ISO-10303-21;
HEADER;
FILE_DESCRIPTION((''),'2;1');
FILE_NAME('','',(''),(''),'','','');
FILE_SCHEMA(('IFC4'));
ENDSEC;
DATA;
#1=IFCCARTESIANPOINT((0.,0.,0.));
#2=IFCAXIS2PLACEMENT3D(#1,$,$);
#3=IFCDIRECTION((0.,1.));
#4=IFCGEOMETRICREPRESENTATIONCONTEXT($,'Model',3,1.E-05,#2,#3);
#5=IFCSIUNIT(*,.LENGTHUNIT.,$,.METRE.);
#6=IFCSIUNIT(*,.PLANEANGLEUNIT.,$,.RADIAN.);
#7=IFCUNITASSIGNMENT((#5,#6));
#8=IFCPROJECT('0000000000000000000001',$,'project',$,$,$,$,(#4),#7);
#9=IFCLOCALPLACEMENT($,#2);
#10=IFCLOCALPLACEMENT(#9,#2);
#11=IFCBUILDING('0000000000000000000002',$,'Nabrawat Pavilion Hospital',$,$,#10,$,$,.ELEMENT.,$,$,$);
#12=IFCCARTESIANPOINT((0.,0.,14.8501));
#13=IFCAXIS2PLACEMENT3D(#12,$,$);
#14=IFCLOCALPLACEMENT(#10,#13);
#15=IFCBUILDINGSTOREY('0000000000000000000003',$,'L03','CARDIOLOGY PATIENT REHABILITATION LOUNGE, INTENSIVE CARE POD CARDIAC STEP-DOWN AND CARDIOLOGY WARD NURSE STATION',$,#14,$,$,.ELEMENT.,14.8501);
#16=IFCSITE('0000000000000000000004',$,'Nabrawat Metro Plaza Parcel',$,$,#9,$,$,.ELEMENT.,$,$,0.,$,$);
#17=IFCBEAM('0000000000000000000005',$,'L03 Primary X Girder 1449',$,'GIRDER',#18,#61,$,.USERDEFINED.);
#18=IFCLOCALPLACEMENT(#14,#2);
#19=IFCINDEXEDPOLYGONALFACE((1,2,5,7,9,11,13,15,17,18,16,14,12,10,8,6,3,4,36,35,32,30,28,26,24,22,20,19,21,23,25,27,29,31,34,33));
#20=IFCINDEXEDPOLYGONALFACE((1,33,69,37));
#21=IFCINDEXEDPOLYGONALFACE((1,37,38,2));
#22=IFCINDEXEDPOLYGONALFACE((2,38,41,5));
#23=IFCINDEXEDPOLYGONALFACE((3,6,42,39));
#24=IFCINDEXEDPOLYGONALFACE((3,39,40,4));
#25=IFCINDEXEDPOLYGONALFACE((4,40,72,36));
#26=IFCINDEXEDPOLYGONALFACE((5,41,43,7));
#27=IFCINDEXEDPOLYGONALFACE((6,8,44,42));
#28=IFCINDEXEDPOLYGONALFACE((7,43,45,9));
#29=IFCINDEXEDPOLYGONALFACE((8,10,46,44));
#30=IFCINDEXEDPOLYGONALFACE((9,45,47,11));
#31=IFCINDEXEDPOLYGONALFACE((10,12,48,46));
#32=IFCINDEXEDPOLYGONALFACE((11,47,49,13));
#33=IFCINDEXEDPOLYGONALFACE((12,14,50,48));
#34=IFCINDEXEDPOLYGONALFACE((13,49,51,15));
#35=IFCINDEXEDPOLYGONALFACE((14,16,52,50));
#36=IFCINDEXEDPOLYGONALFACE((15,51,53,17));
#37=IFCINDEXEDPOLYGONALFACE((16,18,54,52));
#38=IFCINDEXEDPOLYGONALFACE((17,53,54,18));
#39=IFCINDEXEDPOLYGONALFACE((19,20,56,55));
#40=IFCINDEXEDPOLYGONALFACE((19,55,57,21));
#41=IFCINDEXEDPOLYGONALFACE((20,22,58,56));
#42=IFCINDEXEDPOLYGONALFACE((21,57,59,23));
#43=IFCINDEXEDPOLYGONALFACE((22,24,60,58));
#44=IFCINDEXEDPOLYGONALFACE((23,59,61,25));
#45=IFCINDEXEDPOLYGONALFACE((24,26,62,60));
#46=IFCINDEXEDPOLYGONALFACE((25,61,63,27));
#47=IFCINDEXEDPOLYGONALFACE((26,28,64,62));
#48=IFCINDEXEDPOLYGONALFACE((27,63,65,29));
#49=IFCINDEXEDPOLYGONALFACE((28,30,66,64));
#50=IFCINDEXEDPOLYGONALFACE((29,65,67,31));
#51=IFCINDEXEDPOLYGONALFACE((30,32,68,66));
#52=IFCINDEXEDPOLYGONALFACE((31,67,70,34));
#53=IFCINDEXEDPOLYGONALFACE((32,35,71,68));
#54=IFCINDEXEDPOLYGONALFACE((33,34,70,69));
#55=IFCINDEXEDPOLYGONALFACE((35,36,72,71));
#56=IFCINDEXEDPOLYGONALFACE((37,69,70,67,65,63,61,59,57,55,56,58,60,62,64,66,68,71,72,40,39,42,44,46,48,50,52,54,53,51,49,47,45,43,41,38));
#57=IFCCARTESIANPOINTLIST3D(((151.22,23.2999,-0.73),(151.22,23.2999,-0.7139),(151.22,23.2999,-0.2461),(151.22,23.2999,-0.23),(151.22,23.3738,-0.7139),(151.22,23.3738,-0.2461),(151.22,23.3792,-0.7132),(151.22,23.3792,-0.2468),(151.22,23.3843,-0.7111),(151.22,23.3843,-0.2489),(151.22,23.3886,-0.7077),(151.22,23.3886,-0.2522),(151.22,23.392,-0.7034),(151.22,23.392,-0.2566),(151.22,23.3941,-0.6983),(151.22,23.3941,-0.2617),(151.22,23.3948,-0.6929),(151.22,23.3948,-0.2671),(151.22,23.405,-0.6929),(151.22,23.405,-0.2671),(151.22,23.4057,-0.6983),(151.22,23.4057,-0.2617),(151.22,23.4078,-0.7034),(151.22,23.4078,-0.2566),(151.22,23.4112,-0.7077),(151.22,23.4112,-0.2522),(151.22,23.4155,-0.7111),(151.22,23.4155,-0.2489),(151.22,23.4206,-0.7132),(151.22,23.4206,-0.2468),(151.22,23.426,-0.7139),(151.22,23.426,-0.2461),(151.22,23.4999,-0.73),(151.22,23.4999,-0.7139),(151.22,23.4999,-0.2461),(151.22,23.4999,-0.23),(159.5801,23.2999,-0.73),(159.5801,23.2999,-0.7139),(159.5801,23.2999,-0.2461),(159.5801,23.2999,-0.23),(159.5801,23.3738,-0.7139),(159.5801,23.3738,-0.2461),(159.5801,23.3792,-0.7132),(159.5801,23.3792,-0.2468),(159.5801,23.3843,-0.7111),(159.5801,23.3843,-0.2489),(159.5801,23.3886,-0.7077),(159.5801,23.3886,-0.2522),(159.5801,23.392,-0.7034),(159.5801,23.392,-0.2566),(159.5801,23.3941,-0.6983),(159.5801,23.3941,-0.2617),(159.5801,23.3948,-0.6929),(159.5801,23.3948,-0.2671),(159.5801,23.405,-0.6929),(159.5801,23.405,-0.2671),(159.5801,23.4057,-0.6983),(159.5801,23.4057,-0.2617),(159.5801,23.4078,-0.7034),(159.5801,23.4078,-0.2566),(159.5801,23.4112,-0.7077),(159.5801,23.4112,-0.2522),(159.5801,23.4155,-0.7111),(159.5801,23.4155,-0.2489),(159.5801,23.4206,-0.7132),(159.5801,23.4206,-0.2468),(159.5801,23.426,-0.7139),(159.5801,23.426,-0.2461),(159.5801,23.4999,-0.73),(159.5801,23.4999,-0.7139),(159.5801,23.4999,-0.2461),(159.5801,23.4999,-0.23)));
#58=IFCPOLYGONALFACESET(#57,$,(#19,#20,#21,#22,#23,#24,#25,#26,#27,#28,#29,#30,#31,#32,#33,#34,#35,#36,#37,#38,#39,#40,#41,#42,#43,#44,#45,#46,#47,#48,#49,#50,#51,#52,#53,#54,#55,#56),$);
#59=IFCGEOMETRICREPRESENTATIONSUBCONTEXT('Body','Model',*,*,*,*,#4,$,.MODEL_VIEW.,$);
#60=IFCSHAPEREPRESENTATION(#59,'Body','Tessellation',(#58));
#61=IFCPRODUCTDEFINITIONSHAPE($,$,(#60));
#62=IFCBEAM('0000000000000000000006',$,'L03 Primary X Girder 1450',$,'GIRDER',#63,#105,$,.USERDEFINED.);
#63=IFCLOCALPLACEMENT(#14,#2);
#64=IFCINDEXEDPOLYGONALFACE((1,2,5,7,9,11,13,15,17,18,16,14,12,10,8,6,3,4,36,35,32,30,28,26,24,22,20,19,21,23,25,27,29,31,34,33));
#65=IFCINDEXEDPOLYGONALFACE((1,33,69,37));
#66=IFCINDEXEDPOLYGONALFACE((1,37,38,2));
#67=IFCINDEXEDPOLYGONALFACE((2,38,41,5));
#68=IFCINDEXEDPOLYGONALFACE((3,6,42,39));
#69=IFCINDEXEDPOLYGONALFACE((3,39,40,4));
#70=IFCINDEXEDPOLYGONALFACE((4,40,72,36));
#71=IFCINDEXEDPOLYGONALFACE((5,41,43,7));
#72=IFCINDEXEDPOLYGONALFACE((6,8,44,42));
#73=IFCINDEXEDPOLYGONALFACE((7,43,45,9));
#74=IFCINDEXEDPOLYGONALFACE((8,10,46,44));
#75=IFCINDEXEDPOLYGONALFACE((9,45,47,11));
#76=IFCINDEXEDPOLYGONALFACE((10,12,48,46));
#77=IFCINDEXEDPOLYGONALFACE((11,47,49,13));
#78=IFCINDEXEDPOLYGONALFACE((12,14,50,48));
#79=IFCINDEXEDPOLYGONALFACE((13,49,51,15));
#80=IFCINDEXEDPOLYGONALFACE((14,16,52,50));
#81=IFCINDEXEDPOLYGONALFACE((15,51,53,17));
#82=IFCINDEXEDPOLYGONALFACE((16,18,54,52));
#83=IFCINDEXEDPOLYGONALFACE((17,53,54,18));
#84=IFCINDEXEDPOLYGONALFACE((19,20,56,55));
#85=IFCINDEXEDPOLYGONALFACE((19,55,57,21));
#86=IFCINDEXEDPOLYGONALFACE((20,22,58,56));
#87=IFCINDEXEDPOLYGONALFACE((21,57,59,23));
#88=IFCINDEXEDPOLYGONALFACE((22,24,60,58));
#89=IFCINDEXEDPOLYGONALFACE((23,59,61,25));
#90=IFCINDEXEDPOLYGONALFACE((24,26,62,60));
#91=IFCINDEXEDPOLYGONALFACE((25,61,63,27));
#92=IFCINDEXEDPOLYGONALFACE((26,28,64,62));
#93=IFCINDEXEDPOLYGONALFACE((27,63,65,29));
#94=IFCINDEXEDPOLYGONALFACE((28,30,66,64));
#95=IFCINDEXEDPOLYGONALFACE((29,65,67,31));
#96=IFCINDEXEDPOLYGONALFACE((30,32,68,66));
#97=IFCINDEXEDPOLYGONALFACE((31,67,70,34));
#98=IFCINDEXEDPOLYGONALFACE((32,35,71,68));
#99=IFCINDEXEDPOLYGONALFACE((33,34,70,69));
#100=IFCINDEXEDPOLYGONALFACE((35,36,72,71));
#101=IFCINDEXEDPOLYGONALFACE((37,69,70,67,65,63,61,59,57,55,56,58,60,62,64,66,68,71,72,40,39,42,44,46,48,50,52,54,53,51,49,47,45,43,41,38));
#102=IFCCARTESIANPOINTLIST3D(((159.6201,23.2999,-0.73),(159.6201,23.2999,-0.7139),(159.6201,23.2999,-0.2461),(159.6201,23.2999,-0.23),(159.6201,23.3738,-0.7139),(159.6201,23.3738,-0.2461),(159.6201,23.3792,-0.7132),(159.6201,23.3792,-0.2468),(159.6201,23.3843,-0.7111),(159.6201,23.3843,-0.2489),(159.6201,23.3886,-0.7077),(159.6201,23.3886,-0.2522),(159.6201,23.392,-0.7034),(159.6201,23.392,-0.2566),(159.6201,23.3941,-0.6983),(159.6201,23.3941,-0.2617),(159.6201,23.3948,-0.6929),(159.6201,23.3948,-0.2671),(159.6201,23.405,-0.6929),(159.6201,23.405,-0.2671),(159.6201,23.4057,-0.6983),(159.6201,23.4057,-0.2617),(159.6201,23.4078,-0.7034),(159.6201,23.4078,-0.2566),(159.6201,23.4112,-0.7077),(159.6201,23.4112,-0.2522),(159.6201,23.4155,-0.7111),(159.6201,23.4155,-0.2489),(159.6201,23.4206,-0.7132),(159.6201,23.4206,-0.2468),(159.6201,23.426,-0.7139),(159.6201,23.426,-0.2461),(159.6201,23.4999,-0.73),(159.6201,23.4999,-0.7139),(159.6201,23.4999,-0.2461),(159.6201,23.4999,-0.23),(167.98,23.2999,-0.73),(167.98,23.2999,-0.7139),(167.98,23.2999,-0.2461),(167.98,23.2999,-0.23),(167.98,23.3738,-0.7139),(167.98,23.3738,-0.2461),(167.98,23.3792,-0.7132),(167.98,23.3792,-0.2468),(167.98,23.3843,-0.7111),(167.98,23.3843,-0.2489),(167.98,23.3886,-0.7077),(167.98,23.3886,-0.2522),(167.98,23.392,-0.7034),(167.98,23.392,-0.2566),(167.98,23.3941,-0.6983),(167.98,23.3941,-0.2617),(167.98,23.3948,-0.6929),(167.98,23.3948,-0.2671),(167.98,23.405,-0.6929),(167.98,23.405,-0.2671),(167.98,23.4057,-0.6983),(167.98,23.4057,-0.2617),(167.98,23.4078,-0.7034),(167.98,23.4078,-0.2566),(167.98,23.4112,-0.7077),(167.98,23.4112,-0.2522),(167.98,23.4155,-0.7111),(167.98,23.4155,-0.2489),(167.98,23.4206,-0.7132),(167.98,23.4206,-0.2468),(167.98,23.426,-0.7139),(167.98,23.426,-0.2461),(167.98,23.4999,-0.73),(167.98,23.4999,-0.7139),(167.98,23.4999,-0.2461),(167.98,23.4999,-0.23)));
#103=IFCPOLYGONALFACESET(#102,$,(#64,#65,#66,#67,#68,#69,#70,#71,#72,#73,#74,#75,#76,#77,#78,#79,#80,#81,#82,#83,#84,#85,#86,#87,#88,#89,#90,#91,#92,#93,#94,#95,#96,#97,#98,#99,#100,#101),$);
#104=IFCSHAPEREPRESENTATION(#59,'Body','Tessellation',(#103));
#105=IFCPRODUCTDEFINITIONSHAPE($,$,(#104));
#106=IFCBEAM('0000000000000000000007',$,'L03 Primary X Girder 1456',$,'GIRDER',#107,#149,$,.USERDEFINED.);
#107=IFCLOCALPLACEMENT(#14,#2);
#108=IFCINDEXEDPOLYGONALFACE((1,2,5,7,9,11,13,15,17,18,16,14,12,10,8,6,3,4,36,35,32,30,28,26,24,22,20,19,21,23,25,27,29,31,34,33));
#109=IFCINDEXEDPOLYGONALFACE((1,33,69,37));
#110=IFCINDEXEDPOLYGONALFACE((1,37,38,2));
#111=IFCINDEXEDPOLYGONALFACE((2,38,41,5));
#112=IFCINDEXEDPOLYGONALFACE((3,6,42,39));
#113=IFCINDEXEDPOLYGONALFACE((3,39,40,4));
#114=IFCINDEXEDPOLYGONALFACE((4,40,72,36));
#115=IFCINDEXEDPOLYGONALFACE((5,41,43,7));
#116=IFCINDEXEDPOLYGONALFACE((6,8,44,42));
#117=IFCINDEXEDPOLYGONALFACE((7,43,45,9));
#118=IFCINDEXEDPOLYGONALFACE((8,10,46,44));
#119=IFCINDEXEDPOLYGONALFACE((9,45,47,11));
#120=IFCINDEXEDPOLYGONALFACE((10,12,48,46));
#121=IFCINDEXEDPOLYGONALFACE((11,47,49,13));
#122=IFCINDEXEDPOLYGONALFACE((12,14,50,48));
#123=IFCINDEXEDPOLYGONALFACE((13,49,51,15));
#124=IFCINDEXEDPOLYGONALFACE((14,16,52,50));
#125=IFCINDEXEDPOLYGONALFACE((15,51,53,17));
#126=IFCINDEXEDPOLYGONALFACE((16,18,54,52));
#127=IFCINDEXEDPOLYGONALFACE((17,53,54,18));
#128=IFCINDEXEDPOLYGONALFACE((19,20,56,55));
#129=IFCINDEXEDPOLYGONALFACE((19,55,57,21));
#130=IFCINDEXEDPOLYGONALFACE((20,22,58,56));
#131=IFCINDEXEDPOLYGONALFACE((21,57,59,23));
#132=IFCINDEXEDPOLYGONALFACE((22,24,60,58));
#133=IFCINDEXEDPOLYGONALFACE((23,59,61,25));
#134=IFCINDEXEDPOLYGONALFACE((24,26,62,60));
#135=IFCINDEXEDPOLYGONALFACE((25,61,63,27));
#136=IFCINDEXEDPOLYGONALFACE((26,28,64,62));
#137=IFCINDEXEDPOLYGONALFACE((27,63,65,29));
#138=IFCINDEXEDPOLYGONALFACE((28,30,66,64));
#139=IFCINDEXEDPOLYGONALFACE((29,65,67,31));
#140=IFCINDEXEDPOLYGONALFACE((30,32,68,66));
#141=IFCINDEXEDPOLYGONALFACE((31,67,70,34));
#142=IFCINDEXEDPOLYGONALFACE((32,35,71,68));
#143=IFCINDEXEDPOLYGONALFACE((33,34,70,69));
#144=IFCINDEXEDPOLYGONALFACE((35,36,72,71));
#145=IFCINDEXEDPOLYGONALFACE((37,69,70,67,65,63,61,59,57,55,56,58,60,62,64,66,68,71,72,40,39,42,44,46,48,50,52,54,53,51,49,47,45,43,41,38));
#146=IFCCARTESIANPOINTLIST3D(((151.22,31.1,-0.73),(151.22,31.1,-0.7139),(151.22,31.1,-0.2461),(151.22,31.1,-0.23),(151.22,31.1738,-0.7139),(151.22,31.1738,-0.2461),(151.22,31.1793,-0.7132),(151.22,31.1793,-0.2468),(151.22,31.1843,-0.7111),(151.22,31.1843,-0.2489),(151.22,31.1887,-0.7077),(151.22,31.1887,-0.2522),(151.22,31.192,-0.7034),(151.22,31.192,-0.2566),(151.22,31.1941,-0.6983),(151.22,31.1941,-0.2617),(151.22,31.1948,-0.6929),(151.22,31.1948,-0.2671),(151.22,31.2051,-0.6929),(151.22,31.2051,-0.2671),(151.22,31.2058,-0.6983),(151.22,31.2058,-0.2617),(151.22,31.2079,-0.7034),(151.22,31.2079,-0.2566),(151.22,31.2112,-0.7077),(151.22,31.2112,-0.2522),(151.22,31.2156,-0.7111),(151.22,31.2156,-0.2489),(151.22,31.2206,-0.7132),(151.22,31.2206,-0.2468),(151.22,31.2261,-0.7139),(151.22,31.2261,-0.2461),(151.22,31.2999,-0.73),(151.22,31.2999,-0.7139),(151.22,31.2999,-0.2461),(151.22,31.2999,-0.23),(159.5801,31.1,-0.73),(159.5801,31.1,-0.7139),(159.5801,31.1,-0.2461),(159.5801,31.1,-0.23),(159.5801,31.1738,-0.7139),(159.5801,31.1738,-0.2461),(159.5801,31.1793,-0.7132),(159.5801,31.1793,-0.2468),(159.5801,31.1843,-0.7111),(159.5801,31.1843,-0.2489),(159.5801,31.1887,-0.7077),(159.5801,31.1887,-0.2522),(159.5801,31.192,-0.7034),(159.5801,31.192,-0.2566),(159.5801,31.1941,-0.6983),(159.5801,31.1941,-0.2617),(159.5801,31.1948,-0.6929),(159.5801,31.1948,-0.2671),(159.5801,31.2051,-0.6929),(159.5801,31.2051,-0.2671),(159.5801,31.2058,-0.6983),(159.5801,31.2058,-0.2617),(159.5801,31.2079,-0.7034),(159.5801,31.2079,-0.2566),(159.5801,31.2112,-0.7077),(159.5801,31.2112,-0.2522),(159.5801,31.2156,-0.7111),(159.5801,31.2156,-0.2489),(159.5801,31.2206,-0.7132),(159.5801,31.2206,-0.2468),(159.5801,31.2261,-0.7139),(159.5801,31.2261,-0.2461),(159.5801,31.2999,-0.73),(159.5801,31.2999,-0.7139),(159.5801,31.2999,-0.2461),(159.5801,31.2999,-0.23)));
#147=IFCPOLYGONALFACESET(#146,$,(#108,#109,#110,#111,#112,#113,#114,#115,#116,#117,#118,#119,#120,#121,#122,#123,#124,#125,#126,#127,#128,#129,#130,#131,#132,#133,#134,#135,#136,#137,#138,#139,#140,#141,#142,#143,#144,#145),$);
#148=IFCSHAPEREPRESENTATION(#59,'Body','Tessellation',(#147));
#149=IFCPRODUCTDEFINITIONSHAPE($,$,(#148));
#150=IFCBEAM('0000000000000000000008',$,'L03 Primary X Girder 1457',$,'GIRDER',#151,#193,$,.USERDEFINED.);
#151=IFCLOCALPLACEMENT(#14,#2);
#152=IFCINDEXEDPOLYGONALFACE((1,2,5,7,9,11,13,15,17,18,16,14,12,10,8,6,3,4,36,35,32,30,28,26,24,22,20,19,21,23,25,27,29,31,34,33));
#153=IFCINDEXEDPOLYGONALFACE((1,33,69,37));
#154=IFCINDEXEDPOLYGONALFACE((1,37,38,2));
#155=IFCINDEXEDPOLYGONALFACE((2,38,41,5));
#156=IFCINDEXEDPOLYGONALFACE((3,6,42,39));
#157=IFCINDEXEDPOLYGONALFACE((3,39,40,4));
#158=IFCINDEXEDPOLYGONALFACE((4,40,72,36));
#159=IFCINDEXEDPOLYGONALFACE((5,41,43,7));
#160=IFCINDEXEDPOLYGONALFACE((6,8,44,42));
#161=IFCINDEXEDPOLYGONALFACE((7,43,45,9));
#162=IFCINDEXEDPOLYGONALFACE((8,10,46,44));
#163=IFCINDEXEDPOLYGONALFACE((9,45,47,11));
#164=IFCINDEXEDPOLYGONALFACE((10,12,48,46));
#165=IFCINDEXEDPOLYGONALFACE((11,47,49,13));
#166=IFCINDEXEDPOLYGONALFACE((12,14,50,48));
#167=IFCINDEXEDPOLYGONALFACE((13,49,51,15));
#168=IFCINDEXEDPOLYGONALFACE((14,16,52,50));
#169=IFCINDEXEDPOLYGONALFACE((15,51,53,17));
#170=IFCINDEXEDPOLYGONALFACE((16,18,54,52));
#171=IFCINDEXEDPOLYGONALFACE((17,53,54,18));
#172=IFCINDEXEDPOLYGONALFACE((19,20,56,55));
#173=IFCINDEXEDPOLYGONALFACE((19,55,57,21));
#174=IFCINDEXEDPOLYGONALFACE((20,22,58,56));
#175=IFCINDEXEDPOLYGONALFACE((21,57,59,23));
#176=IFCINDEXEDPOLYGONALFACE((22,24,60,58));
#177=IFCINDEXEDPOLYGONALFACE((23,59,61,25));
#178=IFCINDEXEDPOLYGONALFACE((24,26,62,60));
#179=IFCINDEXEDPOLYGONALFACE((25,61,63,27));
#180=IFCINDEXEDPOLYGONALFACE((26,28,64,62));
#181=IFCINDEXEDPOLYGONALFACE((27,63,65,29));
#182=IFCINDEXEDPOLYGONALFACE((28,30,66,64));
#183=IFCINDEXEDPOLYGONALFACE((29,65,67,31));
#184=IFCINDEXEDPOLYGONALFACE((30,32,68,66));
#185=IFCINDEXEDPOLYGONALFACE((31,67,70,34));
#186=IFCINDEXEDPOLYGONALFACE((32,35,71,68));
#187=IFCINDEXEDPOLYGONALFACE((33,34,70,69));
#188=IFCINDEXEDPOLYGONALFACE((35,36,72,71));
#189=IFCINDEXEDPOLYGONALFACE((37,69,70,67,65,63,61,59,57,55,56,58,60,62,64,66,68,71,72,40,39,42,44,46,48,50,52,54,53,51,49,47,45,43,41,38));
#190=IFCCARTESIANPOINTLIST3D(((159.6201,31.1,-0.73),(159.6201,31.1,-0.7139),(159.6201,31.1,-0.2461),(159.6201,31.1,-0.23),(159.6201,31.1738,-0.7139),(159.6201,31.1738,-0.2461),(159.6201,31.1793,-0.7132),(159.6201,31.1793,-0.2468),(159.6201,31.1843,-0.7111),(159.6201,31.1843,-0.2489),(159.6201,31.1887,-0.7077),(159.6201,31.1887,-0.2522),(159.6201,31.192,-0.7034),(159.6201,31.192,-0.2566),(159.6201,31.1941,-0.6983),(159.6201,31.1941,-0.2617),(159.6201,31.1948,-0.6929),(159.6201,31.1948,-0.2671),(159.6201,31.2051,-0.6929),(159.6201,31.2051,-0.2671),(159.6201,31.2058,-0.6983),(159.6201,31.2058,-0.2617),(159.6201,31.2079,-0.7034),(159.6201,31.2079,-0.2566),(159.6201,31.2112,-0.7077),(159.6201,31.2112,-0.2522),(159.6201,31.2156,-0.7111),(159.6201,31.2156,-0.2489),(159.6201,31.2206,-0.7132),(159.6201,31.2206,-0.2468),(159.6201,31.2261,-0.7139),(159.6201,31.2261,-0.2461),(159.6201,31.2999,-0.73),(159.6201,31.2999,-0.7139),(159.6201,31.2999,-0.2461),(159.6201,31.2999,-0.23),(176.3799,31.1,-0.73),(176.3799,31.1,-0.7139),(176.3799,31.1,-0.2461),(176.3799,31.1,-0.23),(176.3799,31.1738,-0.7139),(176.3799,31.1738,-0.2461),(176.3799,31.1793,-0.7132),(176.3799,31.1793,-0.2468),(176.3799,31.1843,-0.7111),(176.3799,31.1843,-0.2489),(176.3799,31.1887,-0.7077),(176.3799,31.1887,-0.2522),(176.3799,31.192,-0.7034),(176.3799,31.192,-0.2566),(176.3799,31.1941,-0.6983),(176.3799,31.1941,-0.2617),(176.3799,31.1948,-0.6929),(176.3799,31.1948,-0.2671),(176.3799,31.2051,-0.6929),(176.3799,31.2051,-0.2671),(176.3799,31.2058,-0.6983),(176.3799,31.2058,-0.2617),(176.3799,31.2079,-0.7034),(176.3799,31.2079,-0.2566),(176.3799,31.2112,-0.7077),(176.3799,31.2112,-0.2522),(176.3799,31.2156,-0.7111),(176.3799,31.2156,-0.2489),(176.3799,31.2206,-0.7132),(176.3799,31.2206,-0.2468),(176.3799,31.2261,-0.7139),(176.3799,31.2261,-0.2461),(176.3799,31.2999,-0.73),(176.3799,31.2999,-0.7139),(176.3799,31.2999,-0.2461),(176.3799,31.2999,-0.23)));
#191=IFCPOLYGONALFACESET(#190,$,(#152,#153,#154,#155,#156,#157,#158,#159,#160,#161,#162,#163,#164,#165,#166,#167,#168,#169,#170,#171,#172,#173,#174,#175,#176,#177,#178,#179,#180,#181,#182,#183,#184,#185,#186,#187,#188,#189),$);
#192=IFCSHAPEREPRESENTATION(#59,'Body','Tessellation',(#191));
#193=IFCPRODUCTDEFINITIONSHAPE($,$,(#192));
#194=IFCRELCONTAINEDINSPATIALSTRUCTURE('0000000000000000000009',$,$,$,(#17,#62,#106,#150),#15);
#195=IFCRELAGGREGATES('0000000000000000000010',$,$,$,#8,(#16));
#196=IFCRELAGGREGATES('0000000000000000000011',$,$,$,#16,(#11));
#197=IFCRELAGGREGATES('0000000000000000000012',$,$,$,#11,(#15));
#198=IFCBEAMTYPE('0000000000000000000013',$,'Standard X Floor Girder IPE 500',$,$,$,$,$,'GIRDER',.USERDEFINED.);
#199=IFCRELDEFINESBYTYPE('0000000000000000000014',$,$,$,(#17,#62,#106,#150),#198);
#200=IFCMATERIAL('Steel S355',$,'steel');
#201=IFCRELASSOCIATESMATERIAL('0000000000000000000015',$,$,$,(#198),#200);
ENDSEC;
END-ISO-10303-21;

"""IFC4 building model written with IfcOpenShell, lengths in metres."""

from ifc_helpers import new_model, si_unit, direction, frame, origin, origin_2d, place, context, subcontext, project, spatial, i_section, extrude, material, material_profile, profile_set, type_object, element, save


model = new_model("IFC4")

# Units and contexts
model_context = context("Model", 3, precision=1e-05, world=origin(), true_north=direction((0.0, 1.0)))
body_context = subcontext(model_context, "Body", "Model", "MODEL_VIEW")
ifc_project = project(units=[si_unit("LENGTHUNIT", "METRE"), si_unit("PLANEANGLEUNIT", "RADIAN")], contexts=[model_context])

# Site, building, storey
site_placement = place(None, origin())
site = spatial("IfcSite", under=ifc_project, at=site_placement, Name="Nabrawat Metro Plaza Parcel", CompositionType="ELEMENT", RefElevation=0.0)
building_placement = place(site_placement, origin())
building = spatial("IfcBuilding", under=site, at=building_placement, Name="Nabrawat Pavilion Hospital", CompositionType="ELEMENT")
storey_placement = place(building_placement, frame((0.0, 0.0, 14.8501)))
storey = spatial("IfcBuildingStorey", under=building, at=storey_placement, Name="L03", Description="CARDIOLOGY PATIENT REHABILITATION LOUNGE, INTENSIVE CARE POD CARDIAC STEP-DOWN AND CARDIOLOGY WARD NURSE STATION", CompositionType="ELEMENT", Elevation=14.8501)

# Shared definitions
ifc_material_1 = material(Name="Steel S355", Category="steel")

# Beams
ifc_material_profile_1 = material_profile(ifc_material_1, i_section(OverallWidth=0.2, OverallDepth=0.5, WebThickness=0.0103, FlangeThickness=0.0161, FilletRadius=0.021, at=origin_2d()), Name="IPE 500")
ifc_profile_set_1 = profile_set([ifc_material_profile_1], Name="Steel S355")
beam_type_1 = type_object("IfcBeamType", Name="Standard X Floor Girder IPE 500", ElementType="GIRDER", PredefinedType="USERDEFINED", material=ifc_profile_set_1)
beam_1_placement = place(storey_placement, frame((151.22, 23.3999, -0.48), z_axis=(1.0, 0.0, 0.0), x_axis=(0.0, 1.0, 0.0)))
element("IfcBeam", 1, at=beam_1_placement, inside=storey, type_object=beam_type_1, Name="L03 Primary X Girder 1449", ObjectType="GIRDER", PredefinedType="USERDEFINED", context=body_context, shape_type="SweptSolid", body=[
    extrude(i_section(OverallWidth=0.2, OverallDepth=0.5, WebThickness=0.0103, FlangeThickness=0.0161, FilletRadius=0.021, at=origin_2d()), origin(), (0.0, 0.0, 1.0), 8.3601),
])
beam_2_placement = place(storey_placement, frame((159.6201, 23.3999, -0.48), z_axis=(1.0, 0.0, 0.0), x_axis=(0.0, 1.0, 0.0)))
element("IfcBeam", 2, at=beam_2_placement, inside=storey, type_object=beam_type_1, Name="L03 Primary X Girder 1450", ObjectType="GIRDER", PredefinedType="USERDEFINED", context=body_context, shape_type="SweptSolid", body=[
    extrude(i_section(OverallWidth=0.2, OverallDepth=0.5, WebThickness=0.0103, FlangeThickness=0.0161, FilletRadius=0.021, at=origin_2d()), origin(), (0.0, 0.0, 1.0), 8.3599),
])
beam_3_placement = place(storey_placement, frame((151.22, 31.2, -0.48), z_axis=(1.0, 0.0, 0.0), x_axis=(0.0, 1.0, 0.0)))
element("IfcBeam", 3, at=beam_3_placement, inside=storey, type_object=beam_type_1, Name="L03 Primary X Girder 1456", ObjectType="GIRDER", PredefinedType="USERDEFINED", context=body_context, shape_type="SweptSolid", body=[
    extrude(i_section(OverallWidth=0.2, OverallDepth=0.5, WebThickness=0.0103, FlangeThickness=0.0161, FilletRadius=0.021, at=origin_2d()), origin(), (0.0, 0.0, 1.0), 8.3601),
])
beam_4_placement = place(storey_placement, frame((159.6201, 31.2, -0.48), z_axis=(1.0, 0.0, 0.0), x_axis=(0.0, 1.0, 0.0)))
element("IfcBeam", 4, at=beam_4_placement, inside=storey, type_object=beam_type_1, Name="L03 Primary X Girder 1457", ObjectType="GIRDER", PredefinedType="USERDEFINED", context=body_context, shape_type="SweptSolid", body=[
    extrude(i_section(OverallWidth=0.2, OverallDepth=0.5, WebThickness=0.0103, FlangeThickness=0.0161, FilletRadius=0.021, at=origin_2d()), origin(), (0.0, 0.0, 1.0), 16.7598),
])

save(model, "model.ifc")
